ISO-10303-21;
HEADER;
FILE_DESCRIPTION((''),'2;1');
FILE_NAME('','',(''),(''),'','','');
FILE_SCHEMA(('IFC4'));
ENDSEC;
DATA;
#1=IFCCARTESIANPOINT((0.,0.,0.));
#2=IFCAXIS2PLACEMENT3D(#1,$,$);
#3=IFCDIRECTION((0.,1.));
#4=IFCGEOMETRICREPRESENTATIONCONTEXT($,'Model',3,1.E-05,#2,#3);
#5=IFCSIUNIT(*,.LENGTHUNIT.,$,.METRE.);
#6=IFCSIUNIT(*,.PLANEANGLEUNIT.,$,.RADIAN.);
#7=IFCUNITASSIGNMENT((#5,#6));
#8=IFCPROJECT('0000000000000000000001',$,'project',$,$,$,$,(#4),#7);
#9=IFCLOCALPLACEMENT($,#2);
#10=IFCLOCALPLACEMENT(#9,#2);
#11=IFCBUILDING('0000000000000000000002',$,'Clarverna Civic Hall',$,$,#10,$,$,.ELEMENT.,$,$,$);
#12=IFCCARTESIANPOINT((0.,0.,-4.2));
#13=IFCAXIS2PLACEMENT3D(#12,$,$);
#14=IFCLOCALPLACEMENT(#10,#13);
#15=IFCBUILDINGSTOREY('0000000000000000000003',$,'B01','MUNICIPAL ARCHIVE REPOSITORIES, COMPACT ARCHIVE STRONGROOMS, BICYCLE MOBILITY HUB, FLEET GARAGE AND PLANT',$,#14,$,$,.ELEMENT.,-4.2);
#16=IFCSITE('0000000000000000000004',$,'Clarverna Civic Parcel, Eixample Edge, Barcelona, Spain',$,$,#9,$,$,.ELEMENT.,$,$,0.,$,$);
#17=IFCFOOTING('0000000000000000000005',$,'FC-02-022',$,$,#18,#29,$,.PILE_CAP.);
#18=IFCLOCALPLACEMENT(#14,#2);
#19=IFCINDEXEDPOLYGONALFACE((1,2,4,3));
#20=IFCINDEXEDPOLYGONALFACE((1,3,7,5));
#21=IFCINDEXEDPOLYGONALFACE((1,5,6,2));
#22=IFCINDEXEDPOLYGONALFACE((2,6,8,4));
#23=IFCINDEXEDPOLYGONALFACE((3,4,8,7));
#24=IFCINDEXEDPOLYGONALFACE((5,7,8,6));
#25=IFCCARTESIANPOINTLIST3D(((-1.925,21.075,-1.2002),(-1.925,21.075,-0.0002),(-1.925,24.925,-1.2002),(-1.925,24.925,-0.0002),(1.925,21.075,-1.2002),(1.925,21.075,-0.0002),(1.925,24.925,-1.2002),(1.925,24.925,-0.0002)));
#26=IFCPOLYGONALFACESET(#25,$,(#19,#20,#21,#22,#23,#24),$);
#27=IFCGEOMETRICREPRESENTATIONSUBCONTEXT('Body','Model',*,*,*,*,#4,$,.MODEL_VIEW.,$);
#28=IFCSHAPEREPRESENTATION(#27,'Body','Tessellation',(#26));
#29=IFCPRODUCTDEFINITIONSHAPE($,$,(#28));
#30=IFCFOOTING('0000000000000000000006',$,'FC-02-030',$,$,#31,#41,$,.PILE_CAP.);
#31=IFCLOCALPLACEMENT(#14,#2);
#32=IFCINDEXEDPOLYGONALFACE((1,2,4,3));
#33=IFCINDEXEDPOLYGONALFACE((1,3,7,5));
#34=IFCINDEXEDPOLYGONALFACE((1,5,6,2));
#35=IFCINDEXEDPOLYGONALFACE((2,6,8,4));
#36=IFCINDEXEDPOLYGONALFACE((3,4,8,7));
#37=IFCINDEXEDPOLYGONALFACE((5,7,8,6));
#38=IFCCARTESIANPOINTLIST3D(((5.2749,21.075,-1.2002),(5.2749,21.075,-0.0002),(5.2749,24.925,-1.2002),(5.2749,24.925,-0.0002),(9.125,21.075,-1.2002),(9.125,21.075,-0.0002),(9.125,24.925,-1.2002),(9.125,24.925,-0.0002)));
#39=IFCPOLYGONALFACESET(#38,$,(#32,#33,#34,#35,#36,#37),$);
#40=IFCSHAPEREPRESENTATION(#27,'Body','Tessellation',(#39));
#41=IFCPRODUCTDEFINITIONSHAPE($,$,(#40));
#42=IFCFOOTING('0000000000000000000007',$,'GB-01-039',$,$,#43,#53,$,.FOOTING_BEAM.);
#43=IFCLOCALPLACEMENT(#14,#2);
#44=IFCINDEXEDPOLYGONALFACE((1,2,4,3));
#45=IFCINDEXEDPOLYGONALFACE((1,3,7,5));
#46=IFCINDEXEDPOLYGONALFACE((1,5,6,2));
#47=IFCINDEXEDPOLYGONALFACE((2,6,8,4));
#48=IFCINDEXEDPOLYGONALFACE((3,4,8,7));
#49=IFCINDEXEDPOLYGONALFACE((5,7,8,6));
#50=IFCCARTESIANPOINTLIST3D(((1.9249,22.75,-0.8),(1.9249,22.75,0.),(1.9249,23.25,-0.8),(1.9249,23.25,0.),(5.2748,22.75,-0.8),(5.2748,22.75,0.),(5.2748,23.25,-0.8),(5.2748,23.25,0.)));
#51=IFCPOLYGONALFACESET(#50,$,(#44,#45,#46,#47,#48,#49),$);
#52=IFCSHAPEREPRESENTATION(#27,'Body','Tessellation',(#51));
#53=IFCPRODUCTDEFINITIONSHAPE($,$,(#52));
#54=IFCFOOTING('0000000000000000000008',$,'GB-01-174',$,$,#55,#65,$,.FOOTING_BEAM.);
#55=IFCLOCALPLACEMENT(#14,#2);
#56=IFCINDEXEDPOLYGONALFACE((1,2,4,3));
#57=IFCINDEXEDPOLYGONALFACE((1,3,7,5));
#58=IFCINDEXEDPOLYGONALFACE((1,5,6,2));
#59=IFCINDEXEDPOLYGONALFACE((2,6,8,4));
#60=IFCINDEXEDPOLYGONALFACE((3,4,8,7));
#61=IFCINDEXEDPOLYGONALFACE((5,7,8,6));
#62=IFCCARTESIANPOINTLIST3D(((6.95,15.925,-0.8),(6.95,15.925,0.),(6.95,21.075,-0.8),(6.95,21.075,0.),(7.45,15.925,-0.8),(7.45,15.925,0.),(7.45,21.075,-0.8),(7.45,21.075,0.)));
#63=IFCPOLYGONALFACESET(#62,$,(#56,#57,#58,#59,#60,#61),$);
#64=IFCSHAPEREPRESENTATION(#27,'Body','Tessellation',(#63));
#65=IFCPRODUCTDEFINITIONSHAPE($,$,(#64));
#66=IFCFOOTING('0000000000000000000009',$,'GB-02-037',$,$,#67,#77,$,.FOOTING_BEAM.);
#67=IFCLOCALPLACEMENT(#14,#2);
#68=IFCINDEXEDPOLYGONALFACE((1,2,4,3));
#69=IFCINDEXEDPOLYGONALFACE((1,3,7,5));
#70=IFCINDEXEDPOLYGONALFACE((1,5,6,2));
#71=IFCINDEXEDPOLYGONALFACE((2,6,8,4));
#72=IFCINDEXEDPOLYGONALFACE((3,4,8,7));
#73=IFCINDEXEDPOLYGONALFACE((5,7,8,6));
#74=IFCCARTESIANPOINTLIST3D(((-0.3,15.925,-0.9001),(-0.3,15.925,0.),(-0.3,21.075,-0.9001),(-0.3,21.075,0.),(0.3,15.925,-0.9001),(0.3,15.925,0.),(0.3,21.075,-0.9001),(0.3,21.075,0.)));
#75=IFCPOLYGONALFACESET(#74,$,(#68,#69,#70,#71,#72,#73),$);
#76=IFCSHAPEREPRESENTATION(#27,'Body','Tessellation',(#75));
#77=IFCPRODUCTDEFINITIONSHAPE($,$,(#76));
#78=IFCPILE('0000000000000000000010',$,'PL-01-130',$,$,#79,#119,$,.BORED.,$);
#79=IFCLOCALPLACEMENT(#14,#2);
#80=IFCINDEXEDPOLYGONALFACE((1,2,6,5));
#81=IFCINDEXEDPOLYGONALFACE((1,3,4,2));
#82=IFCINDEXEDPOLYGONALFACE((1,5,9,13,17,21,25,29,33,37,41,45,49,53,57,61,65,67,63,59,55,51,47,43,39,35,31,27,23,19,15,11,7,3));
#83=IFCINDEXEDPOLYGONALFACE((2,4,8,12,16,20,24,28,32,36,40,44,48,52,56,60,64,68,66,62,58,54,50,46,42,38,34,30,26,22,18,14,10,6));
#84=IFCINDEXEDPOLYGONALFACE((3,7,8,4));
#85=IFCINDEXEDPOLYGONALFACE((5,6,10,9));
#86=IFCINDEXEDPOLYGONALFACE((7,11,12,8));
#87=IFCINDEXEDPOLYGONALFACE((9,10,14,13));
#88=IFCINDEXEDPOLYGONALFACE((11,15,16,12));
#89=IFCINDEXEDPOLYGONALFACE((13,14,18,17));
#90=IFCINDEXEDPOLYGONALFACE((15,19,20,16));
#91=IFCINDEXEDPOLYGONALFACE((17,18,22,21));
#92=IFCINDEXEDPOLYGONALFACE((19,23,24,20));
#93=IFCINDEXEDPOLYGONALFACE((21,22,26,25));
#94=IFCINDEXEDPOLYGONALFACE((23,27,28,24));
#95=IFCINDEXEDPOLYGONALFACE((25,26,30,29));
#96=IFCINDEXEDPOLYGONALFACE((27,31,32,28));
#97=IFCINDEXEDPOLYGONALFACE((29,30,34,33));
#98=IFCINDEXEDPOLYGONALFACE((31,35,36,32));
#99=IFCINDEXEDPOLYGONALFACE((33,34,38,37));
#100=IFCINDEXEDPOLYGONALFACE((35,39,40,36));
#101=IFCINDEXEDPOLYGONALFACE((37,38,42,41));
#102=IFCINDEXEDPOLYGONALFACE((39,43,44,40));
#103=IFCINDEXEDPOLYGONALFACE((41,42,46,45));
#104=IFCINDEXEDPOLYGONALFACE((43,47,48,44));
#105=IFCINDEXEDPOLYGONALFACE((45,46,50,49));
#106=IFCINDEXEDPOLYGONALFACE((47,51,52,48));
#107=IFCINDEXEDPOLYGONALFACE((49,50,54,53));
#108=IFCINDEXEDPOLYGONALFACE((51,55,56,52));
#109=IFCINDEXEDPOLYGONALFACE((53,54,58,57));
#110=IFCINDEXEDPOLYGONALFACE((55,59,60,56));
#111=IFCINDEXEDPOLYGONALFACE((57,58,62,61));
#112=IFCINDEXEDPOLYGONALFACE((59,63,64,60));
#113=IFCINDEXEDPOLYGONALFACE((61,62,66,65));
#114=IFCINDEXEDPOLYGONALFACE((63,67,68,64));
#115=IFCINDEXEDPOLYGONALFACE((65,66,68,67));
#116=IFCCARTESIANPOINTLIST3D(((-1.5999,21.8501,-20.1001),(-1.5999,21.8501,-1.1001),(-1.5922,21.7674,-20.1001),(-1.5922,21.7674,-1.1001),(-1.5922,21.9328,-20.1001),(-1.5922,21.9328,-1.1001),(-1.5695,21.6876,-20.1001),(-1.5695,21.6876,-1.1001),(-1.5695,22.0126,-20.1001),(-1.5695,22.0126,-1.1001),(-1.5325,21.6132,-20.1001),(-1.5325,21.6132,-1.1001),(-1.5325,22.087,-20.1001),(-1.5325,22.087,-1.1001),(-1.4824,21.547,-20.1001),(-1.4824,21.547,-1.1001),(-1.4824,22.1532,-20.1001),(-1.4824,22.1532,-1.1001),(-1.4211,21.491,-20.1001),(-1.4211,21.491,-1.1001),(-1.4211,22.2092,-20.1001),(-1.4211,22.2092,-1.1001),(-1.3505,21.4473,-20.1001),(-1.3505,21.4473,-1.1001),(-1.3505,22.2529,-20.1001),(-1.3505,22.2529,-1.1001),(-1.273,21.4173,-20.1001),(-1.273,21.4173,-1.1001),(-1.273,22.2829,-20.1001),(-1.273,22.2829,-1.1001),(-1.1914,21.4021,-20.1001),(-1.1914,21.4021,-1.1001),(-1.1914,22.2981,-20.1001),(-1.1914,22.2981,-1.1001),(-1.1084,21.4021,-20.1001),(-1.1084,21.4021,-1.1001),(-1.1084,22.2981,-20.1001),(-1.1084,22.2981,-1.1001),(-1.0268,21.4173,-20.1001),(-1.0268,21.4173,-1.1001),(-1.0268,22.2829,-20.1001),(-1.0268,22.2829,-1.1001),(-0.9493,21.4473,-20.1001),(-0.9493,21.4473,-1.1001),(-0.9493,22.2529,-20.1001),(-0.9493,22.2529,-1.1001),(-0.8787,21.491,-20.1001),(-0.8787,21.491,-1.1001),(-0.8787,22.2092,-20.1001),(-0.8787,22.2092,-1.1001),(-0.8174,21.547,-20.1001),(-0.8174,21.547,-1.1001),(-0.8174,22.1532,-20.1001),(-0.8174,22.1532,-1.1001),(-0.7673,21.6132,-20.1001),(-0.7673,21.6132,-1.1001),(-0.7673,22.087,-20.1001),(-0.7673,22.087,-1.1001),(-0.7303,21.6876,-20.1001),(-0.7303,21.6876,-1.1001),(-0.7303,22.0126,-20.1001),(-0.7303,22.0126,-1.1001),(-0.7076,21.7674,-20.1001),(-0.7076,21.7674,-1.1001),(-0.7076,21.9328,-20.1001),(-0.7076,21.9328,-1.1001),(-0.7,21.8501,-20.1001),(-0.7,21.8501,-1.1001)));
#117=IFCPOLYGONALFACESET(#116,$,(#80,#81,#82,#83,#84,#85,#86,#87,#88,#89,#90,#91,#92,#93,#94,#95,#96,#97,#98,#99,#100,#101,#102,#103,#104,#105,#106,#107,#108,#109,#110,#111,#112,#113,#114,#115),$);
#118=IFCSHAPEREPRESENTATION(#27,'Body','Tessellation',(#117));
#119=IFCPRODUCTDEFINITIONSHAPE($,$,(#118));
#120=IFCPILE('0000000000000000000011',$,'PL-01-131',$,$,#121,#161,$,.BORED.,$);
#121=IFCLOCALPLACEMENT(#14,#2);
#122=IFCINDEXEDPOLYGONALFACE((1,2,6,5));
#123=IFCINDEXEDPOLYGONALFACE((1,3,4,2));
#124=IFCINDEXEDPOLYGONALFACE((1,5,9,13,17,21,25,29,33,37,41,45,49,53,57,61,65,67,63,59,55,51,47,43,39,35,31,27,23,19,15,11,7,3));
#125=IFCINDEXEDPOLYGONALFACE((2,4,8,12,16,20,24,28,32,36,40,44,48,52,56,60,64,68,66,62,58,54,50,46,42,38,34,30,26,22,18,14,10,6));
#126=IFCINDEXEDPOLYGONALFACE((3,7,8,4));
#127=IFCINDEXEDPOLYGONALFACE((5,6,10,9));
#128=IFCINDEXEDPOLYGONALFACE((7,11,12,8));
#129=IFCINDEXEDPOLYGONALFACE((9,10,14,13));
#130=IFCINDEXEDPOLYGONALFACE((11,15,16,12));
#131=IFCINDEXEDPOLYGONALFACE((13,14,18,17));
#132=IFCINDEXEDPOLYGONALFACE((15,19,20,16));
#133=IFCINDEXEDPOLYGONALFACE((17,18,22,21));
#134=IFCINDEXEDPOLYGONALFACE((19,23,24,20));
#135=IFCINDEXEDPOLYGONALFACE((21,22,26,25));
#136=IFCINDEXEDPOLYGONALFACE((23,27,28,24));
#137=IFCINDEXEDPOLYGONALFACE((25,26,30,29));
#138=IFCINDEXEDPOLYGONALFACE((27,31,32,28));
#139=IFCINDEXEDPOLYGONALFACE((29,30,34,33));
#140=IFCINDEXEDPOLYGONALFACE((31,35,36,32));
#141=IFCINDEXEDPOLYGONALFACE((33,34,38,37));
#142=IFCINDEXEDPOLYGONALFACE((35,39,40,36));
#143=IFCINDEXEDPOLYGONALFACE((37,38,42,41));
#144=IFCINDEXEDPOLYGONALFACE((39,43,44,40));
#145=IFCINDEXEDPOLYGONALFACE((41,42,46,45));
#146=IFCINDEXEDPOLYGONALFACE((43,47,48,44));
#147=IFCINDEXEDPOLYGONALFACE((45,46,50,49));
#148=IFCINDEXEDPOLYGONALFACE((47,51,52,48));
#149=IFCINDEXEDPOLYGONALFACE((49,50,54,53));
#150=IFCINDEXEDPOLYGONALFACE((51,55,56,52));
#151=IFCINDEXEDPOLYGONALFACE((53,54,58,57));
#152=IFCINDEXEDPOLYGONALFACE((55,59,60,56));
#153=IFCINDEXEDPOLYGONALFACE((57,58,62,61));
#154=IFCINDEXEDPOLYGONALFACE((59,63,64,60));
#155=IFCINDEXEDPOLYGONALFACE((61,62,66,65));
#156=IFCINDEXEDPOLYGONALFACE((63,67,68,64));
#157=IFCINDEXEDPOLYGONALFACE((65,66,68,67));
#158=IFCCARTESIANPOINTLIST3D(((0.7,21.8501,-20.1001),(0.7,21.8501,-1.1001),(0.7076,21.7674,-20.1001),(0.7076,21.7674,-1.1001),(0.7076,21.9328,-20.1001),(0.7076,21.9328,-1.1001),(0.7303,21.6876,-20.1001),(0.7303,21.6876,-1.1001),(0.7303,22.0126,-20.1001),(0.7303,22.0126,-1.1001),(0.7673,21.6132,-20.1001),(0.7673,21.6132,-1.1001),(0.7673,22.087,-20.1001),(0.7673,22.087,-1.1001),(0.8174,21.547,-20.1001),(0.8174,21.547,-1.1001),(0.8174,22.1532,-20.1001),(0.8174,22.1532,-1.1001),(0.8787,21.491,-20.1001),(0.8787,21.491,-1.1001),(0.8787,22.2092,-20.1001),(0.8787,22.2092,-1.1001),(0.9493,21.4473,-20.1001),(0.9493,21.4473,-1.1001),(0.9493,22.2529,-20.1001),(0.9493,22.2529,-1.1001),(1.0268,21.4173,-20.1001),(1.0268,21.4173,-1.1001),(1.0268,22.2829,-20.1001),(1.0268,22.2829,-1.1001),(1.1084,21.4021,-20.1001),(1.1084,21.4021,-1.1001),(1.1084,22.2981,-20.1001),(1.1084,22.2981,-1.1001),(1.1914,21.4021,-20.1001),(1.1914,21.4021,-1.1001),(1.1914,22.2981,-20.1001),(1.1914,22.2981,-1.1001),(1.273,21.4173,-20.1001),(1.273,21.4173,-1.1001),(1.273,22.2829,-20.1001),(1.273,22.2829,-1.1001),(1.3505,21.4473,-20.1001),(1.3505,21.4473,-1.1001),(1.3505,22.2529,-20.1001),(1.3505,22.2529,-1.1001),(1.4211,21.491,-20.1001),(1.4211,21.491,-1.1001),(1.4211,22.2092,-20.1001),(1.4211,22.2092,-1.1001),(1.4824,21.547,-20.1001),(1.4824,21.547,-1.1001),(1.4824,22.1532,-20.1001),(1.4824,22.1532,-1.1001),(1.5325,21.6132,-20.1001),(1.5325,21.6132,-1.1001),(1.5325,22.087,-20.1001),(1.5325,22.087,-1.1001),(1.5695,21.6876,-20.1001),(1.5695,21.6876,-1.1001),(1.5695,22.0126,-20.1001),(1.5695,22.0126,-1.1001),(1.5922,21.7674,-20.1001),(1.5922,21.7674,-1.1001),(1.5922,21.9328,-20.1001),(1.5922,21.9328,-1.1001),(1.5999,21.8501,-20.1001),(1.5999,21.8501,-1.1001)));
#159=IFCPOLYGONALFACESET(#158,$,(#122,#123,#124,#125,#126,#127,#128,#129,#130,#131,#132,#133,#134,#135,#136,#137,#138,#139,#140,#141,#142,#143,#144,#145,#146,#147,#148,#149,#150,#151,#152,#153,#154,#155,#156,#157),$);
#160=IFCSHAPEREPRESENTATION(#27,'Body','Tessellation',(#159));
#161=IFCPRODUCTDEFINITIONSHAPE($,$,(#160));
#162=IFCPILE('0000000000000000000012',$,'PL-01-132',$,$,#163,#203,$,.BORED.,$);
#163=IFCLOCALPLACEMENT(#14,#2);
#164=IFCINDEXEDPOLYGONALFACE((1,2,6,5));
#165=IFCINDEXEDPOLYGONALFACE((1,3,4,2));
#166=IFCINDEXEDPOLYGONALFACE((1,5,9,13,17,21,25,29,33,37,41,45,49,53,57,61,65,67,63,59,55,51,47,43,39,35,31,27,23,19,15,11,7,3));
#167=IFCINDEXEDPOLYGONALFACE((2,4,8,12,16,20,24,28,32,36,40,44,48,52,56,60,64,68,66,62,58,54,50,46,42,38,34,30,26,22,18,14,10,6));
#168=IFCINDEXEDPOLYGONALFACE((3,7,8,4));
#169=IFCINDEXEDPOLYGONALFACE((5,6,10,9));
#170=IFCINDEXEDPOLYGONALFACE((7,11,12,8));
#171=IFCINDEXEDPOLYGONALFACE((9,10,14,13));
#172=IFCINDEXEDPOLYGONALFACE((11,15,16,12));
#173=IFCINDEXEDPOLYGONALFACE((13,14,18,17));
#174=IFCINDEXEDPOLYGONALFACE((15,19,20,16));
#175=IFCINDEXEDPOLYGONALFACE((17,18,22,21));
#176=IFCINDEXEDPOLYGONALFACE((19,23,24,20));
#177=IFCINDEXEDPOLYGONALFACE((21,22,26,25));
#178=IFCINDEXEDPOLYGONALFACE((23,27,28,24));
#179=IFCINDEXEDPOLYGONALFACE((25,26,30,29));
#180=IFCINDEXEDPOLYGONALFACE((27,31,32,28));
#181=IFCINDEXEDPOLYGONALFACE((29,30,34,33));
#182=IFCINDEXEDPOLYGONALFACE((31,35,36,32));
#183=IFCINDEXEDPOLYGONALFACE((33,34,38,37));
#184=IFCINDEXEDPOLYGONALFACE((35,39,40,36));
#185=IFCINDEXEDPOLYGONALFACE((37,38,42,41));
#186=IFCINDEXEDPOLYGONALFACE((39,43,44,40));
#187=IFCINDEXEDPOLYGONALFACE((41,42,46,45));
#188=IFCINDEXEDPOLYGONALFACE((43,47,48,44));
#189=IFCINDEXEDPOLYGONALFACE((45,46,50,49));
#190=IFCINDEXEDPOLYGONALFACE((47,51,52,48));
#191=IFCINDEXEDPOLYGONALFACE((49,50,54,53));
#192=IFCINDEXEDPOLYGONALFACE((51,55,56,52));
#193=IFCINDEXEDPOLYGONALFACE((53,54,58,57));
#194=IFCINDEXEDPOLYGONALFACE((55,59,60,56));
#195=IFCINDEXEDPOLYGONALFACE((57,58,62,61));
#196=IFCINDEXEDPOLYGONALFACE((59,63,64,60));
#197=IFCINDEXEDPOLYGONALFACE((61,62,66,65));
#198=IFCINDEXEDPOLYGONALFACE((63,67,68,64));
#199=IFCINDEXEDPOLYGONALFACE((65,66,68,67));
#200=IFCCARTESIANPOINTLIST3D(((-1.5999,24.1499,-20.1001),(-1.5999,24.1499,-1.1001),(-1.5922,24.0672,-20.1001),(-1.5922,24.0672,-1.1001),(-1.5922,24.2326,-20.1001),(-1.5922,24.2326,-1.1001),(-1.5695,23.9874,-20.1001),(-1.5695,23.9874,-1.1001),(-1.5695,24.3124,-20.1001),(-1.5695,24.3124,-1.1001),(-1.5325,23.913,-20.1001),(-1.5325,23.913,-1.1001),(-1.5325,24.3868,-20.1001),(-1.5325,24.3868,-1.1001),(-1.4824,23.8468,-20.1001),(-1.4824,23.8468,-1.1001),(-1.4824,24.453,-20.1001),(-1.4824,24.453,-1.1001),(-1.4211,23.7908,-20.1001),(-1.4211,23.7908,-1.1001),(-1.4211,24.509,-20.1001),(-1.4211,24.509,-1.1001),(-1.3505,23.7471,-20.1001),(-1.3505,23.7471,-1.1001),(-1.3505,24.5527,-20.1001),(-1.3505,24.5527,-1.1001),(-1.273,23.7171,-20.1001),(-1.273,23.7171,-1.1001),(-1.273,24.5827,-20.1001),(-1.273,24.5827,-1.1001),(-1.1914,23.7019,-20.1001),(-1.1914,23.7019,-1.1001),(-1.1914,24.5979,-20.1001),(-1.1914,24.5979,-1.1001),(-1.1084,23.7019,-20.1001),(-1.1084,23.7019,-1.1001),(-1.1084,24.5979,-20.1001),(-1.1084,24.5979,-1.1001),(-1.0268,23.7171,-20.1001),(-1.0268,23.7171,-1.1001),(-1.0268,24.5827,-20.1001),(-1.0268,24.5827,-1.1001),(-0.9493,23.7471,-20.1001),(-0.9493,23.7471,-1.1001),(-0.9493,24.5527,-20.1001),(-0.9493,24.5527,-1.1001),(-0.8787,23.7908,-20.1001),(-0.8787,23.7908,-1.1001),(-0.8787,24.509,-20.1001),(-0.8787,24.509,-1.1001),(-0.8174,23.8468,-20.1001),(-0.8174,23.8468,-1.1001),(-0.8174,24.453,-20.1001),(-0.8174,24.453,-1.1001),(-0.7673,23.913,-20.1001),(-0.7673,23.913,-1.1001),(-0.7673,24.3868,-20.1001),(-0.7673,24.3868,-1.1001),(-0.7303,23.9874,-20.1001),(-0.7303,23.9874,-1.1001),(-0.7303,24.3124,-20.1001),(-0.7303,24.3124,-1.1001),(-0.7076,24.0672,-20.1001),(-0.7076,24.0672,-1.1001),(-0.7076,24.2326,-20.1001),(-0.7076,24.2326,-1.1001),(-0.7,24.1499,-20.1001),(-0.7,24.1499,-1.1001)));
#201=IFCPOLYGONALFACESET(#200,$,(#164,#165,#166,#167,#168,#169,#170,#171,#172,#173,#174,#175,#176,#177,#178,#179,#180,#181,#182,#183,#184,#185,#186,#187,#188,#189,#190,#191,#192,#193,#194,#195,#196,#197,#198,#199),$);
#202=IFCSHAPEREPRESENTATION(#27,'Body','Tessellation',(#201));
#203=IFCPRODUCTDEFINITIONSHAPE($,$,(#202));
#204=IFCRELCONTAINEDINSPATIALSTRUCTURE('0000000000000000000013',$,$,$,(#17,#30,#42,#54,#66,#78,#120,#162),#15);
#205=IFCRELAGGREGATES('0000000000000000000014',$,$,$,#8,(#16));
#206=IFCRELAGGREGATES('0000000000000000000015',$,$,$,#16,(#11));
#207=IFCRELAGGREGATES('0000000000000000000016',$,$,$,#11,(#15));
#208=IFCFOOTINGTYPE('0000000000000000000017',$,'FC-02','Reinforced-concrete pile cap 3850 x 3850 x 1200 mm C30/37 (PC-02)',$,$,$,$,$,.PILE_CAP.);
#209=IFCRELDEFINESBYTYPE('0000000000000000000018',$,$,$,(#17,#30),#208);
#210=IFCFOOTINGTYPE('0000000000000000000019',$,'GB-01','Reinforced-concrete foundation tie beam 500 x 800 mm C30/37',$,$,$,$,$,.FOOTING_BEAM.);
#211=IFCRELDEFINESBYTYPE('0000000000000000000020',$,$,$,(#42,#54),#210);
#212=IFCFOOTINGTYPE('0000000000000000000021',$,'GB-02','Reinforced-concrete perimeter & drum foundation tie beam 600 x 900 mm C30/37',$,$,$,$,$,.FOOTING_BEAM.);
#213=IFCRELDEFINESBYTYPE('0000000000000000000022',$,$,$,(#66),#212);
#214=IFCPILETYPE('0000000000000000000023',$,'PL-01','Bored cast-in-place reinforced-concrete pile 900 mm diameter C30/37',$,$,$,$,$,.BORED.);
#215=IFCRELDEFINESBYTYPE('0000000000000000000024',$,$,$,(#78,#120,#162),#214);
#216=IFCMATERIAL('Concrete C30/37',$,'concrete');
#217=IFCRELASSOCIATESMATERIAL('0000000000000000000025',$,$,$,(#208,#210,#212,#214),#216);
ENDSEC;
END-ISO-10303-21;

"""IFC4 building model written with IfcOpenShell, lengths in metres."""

from ifc_helpers import new_model, si_unit, direction, frame, frame_2d, origin, origin_2d, place, context, subcontext, project, spatial, rectangle, circle, extrude, material, material_profile, profile_set, type_object, element, save


model = new_model("IFC4")

# Units and contexts
model_context = context("Model", 3, precision=1e-05, world=origin(), true_north=direction((0.0, 1.0)))
body_context = subcontext(model_context, "Body", "Model", "MODEL_VIEW")
ifc_project = project(units=[si_unit("LENGTHUNIT", "METRE"), si_unit("PLANEANGLEUNIT", "RADIAN")], contexts=[model_context])

# Site, building, storey
site_placement = place(None, origin())
site = spatial("IfcSite", under=ifc_project, at=site_placement, Name="Clarverna Civic Parcel, Eixample Edge, Barcelona, Spain", CompositionType="ELEMENT", RefElevation=0.0)
building_placement = place(site_placement, origin())
building = spatial("IfcBuilding", under=site, at=building_placement, Name="Clarverna Civic Hall", CompositionType="ELEMENT")
storey_placement = place(building_placement, frame((0.0, 0.0, -4.2)))
storey = spatial("IfcBuildingStorey", under=building, at=storey_placement, Name="B01", Description="MUNICIPAL ARCHIVE REPOSITORIES, COMPACT ARCHIVE STRONGROOMS, BICYCLE MOBILITY HUB, FLEET GARAGE AND PLANT", CompositionType="ELEMENT", Elevation=-4.2)

# Footings
ifc_material_1 = material(Name="Concrete C30/37", Category="concrete")
footing_type_1 = type_object("IfcFootingType", Name="FC-02", Description="Reinforced-concrete pile cap 3850 x 3850 x 1200 mm C30/37 (PC-02)", PredefinedType="PILE_CAP", material=ifc_material_1)
for number, where, z_axis, x_axis, name in (
    (1, (0.0, 23.0, -1.2002), (0.0, 0.0, 1.0), (1.0, 0.0, 0.0), "FC-02-022"),
    (2, (7.2, 23.0, -1.2002), (0.0, 0.0, 1.0), (1.0, 0.0, 0.0), "FC-02-030"),
):
    element("IfcFooting", number, at=place(storey_placement, frame(where, z_axis=z_axis, x_axis=x_axis)), inside=storey, type_object=footing_type_1, Name=name, PredefinedType="PILE_CAP", context=body_context, shape_type="SweptSolid", body=[
        extrude(rectangle(XDim=3.8501, YDim=3.8501, at=origin_2d()), origin(), (0.0, 0.0, 1.0), 1.2),
    ])
footing_type_2 = type_object("IfcFootingType", Name="GB-01", Description="Reinforced-concrete foundation tie beam 500 x 800 mm C30/37", PredefinedType="FOOTING_BEAM", material=ifc_material_1)
footing_1_placement = place(storey_placement, frame((1.925, 23.0, -0.8), z_axis=(0.0, 0.0, 1.0), x_axis=(1.0, 0.0, 0.0)))
element("IfcFooting", 3, at=footing_1_placement, inside=storey, type_object=footing_type_2, Name="GB-01-039", PredefinedType="FOOTING_BEAM", context=body_context, shape_type="SweptSolid", body=[
    extrude(rectangle(XDim=3.3499, YDim=0.5, at=frame_2d((1.6748, 0.0))), origin(), (0.0, 0.0, 1.0), 0.8),
])
footing_2_placement = place(storey_placement, frame((7.2, 15.925, -0.8), z_axis=(0.0, 0.0, 1.0), x_axis=(0.0, 1.0, 0.0)))
element("IfcFooting", 4, at=footing_2_placement, inside=storey, type_object=footing_type_2, Name="GB-01-174", PredefinedType="FOOTING_BEAM", context=body_context, shape_type="SweptSolid", body=[
    extrude(rectangle(XDim=5.1499, YDim=0.5, at=frame_2d((2.575, 0.0))), origin(), (0.0, 0.0, 1.0), 0.8),
])
footing_type_3 = type_object("IfcFootingType", Name="GB-02", Description="Reinforced-concrete perimeter & drum foundation tie beam 600 x 900 mm C30/37", PredefinedType="FOOTING_BEAM", material=ifc_material_1)
footing_3_placement = place(storey_placement, frame((0.0, 15.925, -0.9001), z_axis=(0.0, 0.0, 1.0), x_axis=(0.0, 1.0, 0.0)))
element("IfcFooting", 5, at=footing_3_placement, inside=storey, type_object=footing_type_3, Name="GB-02-037", PredefinedType="FOOTING_BEAM", context=body_context, shape_type="SweptSolid", body=[
    extrude(rectangle(XDim=5.1499, YDim=0.6001, at=frame_2d((2.575, 0.0))), origin(), (0.0, 0.0, 1.0), 0.9001),
])

# Piles
ifc_material_profile_1 = material_profile(ifc_material_1, circle(Radius=0.45, at=origin_2d()), Name="BORED PILE D900")
ifc_profile_set_1 = profile_set([ifc_material_profile_1], Name="Concrete C30/37")
pile_type = type_object("IfcPileType", Name="PL-01", Description="Bored cast-in-place reinforced-concrete pile 900 mm diameter C30/37", PredefinedType="BORED", material=ifc_profile_set_1)
for number, where, z_axis, x_axis, name in (
    (6, (-1.1499, 21.8501, -1.1001), (0.0, 0.0, -1.0), (1.0, 0.0, 0.0), "PL-01-130"),
    (7, (1.1499, 21.8501, -1.1001), (0.0, 0.0, -1.0), (1.0, 0.0, 0.0), "PL-01-131"),
    (8, (-1.1499, 24.1499, -1.1001), (0.0, 0.0, -1.0), (1.0, 0.0, 0.0), "PL-01-132"),
):
    element("IfcPile", number, at=place(storey_placement, frame(where, z_axis=z_axis, x_axis=x_axis)), inside=storey, type_object=pile_type, Name=name, PredefinedType="BORED", context=body_context, shape_type="SweptSolid", body=[
        extrude(circle(Radius=0.45, at=origin_2d()), origin(), (0.0, 0.0, 1.0), 19.0),
    ])

save(model, "model.ifc")
